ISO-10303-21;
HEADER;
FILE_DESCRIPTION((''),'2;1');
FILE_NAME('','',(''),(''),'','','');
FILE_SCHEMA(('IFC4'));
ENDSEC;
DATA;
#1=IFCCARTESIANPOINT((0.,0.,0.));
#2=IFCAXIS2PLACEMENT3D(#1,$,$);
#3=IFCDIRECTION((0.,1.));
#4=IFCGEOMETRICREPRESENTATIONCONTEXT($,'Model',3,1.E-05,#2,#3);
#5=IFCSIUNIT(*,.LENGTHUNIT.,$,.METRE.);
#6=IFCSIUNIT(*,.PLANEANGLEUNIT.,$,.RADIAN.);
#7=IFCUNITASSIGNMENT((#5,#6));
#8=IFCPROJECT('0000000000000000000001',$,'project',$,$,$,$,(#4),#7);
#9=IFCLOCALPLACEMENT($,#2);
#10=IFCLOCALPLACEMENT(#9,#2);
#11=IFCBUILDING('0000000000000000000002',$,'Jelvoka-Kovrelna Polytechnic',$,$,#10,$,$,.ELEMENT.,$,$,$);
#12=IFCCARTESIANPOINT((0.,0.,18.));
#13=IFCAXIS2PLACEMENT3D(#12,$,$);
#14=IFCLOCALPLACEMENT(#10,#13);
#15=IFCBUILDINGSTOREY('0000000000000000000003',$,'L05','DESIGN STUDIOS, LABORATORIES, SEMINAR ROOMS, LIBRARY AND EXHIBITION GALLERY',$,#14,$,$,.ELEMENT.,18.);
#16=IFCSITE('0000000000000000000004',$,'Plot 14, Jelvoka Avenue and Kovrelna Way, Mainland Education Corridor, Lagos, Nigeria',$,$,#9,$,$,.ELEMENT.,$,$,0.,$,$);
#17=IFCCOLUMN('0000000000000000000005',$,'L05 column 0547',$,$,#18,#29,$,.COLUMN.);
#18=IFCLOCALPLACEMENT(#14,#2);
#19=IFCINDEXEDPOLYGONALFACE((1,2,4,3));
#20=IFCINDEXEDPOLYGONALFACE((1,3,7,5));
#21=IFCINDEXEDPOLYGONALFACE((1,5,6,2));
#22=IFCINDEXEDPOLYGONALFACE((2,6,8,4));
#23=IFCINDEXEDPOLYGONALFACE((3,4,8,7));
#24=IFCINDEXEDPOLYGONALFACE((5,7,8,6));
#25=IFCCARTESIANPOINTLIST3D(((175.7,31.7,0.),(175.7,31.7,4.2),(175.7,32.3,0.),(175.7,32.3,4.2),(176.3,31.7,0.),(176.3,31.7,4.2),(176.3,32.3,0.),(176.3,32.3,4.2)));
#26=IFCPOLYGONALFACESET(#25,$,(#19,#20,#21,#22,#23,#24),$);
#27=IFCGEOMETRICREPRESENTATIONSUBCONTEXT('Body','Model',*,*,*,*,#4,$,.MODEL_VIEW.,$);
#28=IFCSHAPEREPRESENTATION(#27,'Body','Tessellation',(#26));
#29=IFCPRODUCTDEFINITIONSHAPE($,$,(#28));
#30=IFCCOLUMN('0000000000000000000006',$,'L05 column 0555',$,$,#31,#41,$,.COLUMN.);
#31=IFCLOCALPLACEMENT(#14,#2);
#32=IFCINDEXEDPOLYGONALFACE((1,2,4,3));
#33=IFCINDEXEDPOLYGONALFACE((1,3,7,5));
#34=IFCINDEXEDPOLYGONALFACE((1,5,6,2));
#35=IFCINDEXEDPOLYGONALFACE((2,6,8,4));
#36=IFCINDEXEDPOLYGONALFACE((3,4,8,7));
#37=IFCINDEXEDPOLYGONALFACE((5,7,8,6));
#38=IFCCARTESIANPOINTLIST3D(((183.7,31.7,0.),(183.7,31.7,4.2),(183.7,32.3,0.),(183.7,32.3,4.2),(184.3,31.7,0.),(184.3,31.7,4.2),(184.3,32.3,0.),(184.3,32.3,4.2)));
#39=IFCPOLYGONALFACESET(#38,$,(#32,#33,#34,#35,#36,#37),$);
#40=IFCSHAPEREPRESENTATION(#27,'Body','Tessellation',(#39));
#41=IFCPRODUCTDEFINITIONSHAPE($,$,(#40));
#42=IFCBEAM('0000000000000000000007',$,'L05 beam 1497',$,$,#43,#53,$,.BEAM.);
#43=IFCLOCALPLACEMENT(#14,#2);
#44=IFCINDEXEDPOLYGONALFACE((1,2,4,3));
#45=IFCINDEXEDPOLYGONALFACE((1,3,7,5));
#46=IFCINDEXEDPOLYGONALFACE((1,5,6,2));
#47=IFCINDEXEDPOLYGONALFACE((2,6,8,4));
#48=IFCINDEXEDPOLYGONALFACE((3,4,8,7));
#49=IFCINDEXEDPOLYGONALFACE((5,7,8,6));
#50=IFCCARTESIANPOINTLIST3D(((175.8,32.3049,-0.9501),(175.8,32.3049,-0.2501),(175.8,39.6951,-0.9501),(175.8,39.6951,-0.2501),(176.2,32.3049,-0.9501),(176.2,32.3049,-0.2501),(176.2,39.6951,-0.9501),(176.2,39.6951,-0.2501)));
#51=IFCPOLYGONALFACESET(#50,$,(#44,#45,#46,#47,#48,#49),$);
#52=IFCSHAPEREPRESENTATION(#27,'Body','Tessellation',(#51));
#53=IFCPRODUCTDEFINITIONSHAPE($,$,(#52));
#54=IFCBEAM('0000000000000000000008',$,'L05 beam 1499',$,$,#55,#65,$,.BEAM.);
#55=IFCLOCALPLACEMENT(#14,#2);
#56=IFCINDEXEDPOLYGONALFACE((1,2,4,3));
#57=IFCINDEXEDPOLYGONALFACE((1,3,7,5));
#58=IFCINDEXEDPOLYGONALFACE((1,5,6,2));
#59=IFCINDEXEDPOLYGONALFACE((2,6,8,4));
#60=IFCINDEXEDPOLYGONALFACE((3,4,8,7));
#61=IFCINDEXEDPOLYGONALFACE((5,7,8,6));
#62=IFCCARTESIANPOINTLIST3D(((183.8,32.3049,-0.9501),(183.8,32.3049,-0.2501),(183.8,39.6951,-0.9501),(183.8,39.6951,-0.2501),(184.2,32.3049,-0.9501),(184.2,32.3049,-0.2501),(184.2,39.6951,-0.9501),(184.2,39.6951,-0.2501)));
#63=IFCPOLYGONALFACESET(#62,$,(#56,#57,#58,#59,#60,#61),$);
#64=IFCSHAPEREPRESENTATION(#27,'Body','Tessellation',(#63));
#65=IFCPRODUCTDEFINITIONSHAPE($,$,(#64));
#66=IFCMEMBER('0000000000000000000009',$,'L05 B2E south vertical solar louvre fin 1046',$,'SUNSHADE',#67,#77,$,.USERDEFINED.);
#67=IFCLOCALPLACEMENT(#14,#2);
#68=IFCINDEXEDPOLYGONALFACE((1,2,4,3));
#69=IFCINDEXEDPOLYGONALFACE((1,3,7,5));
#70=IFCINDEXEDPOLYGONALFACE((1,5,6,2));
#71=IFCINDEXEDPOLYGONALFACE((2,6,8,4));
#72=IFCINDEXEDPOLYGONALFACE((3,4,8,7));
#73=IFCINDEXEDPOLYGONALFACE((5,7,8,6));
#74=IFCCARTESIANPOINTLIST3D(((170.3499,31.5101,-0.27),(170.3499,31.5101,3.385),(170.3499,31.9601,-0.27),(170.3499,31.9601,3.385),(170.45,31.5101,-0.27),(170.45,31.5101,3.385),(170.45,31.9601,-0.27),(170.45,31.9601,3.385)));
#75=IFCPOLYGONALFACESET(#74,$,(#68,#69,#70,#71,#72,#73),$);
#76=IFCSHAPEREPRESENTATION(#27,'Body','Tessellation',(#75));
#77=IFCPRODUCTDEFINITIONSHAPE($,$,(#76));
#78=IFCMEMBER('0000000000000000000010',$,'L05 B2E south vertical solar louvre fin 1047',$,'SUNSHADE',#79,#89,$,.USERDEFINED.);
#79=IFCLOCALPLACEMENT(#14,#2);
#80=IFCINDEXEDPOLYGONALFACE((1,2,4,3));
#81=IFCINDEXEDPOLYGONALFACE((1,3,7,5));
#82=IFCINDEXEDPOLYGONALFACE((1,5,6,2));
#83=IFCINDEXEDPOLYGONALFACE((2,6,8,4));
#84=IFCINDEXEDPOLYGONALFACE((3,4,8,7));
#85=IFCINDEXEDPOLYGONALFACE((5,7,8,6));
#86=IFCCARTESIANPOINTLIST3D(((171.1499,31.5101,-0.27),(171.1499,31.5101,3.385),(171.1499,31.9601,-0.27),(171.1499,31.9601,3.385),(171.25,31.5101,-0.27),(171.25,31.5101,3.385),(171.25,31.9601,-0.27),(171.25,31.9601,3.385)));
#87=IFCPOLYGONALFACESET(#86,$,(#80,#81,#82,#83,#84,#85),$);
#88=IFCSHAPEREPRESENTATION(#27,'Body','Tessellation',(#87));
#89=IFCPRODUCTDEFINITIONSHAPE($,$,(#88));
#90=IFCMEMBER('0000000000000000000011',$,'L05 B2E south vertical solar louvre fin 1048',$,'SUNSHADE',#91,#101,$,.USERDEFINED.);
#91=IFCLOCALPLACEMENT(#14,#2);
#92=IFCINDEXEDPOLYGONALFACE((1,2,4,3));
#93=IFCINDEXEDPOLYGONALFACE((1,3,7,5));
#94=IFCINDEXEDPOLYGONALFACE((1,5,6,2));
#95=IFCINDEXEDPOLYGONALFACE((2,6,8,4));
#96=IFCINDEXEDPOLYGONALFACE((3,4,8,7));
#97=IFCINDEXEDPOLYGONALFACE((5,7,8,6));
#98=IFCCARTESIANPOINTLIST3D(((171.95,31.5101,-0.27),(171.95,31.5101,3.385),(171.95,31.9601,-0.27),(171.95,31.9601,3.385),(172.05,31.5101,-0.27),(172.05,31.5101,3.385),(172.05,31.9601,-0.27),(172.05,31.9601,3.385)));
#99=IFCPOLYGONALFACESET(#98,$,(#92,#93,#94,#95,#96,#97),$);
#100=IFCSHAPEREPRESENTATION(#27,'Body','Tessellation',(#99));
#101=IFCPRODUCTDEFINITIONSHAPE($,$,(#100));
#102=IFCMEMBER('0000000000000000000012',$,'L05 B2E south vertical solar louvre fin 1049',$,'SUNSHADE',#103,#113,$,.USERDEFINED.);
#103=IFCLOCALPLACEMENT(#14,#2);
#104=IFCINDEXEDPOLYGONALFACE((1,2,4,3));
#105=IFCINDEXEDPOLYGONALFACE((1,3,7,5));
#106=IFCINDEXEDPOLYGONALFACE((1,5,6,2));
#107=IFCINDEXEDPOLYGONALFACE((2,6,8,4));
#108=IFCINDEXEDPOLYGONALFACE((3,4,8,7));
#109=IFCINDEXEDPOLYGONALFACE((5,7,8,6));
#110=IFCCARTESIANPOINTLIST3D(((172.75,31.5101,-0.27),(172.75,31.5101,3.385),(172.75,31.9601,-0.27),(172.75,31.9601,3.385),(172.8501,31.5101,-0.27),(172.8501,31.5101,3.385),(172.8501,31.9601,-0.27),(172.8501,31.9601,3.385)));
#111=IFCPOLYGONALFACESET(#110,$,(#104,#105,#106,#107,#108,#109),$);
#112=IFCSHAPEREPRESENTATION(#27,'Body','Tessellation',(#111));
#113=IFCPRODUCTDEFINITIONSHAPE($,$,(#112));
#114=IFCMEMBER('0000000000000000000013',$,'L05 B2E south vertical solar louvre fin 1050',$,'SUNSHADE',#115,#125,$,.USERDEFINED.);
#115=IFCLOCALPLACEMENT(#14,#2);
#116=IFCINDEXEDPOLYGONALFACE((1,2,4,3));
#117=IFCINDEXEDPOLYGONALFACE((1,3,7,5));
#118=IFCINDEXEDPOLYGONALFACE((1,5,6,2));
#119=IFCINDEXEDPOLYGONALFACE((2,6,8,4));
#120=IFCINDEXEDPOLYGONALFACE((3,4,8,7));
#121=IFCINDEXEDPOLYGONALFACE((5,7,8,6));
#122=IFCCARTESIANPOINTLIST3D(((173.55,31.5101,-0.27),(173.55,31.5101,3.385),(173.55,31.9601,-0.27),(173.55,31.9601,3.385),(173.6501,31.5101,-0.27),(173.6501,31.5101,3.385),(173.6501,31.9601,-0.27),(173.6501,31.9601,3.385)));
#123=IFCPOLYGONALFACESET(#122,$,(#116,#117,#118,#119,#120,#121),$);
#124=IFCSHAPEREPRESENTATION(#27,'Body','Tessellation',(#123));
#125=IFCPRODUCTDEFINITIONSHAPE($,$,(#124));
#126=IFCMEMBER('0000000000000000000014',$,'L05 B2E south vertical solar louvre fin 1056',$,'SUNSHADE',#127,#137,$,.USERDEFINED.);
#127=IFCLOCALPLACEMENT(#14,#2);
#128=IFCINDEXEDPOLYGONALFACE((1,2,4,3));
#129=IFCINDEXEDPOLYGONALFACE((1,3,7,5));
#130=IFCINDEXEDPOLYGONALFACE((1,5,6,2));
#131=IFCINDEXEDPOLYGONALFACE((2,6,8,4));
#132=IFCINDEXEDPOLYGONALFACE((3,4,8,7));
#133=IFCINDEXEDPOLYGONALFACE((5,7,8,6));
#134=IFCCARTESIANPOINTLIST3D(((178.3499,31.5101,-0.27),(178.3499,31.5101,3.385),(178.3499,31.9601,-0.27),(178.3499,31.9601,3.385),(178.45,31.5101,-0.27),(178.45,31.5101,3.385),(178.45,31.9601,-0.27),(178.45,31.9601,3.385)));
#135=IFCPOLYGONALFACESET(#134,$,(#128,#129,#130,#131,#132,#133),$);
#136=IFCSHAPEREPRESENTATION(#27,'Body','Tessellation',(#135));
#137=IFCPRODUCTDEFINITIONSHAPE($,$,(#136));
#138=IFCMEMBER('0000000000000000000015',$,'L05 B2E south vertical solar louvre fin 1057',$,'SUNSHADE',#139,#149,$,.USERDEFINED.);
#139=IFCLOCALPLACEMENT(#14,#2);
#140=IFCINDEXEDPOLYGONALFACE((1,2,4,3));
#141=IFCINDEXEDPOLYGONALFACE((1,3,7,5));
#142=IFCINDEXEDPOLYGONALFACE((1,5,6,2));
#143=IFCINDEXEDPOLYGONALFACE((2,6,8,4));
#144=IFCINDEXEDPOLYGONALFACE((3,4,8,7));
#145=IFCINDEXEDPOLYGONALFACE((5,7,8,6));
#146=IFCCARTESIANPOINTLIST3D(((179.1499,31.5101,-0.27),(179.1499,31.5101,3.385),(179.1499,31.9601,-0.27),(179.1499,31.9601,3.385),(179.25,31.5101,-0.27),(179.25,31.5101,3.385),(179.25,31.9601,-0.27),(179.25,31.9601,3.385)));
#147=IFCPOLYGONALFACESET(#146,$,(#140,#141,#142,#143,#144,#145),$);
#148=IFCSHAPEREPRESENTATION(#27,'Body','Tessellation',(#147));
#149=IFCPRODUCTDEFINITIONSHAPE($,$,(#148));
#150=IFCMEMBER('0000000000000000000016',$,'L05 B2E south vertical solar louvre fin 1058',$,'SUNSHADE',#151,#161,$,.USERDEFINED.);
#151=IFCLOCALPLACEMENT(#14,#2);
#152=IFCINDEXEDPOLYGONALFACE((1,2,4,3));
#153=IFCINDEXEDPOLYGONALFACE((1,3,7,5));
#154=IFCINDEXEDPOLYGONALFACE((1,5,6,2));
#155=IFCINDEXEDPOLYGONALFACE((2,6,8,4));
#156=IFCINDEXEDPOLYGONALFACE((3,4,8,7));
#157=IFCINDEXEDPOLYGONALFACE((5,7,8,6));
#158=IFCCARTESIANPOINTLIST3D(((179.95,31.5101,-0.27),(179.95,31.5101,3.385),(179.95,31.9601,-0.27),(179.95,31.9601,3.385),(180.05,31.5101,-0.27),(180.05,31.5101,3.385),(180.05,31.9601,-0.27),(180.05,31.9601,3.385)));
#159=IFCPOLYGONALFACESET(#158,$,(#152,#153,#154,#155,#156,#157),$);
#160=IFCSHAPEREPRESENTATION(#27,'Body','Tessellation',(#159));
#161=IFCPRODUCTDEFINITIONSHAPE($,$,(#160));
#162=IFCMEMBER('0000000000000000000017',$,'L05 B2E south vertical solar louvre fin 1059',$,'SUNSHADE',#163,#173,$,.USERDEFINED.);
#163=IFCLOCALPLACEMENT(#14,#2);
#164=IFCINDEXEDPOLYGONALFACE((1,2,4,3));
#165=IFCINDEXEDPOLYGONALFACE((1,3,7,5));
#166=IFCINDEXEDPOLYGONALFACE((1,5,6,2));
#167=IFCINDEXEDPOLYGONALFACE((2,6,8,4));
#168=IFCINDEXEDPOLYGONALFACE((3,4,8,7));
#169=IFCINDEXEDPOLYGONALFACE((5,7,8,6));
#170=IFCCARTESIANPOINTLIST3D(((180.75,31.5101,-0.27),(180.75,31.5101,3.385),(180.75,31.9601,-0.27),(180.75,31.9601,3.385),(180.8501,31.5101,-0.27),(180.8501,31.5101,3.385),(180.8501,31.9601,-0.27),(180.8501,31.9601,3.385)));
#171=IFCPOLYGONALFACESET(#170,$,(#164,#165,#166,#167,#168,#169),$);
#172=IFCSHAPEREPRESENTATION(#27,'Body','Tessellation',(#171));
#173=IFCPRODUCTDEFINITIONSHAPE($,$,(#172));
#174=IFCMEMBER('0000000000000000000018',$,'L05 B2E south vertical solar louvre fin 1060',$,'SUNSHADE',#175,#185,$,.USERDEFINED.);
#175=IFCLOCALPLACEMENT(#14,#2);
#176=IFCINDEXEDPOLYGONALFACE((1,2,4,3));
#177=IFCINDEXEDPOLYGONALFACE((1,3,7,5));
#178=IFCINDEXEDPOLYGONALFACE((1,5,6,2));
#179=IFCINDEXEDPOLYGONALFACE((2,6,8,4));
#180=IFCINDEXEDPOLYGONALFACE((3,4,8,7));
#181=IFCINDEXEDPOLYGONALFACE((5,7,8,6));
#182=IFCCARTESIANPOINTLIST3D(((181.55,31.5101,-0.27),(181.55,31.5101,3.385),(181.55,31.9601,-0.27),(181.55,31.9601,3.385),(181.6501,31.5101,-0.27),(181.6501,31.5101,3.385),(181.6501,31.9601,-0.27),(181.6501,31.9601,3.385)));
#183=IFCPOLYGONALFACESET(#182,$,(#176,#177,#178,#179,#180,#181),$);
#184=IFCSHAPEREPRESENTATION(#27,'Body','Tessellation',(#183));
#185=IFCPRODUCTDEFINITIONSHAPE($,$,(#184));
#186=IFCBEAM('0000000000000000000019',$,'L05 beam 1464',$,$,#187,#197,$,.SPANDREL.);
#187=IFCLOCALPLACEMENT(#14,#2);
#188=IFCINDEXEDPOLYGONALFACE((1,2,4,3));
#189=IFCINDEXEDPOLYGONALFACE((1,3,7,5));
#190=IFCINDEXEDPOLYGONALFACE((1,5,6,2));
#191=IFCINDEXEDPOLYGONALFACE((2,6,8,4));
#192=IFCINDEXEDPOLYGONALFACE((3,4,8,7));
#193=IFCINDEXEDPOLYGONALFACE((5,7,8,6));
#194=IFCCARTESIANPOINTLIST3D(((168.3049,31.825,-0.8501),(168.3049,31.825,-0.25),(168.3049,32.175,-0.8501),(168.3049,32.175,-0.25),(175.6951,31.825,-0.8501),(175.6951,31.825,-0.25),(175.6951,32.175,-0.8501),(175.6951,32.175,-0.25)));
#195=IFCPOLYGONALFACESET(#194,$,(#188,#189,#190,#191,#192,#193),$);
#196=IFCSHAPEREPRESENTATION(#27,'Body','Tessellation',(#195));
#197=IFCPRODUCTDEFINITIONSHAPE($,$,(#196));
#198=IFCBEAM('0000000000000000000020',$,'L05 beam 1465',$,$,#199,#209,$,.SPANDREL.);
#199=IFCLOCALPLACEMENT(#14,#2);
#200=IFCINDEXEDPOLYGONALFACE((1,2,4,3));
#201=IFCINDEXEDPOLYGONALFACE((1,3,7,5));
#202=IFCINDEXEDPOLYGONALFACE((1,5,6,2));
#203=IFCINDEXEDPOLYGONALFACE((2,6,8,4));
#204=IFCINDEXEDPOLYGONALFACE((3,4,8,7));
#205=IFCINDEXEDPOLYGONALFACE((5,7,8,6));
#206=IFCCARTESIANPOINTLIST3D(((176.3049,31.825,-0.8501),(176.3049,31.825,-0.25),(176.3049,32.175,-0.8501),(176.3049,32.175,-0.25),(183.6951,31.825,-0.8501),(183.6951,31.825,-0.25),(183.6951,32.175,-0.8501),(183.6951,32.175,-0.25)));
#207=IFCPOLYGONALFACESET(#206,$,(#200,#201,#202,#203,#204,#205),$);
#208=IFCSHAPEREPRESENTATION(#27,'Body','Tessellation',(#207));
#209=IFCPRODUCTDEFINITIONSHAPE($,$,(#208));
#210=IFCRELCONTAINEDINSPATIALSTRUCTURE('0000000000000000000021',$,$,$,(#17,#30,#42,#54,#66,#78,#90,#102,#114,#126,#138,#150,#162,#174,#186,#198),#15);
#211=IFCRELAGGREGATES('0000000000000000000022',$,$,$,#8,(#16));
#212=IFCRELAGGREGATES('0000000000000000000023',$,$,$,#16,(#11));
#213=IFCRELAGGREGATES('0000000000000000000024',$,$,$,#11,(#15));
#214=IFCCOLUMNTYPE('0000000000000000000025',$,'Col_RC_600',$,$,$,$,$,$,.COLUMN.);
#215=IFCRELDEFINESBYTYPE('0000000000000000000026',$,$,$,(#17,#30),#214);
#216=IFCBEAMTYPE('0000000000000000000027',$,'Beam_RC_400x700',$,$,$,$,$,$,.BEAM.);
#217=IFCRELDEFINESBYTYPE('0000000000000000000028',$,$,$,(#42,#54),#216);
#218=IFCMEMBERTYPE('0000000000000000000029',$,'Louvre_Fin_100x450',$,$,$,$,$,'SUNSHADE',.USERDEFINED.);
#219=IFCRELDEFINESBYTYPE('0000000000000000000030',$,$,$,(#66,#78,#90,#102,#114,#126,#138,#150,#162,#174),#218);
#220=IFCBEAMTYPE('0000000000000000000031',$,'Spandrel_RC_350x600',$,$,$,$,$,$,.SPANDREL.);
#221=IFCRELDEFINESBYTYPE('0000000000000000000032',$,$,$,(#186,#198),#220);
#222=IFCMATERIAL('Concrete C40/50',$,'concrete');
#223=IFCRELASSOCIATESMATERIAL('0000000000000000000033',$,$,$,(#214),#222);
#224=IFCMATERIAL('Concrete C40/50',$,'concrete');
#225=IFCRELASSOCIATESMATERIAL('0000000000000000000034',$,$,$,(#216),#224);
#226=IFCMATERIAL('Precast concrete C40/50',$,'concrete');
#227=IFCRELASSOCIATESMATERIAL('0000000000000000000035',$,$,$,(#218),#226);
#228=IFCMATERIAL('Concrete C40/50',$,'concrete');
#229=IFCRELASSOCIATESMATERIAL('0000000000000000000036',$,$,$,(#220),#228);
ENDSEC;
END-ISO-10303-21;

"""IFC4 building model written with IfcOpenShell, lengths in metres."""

from ifc_helpers import new_model, si_unit, direction, frame, origin, origin_2d, place, context, subcontext, project, spatial, rectangle, extrude, material, material_profile, profile_set, type_object, element, save


model = new_model("IFC4")

# Units and contexts
model_context = context("Model", 3, precision=1e-05, world=origin(), true_north=direction((0.0, 1.0)))
body_context = subcontext(model_context, "Body", "Model", "MODEL_VIEW")
ifc_project = project(units=[si_unit("LENGTHUNIT", "METRE"), si_unit("PLANEANGLEUNIT", "RADIAN")], contexts=[model_context])

# Site, building, storey
site_placement = place(None, origin())
site = spatial("IfcSite", under=ifc_project, at=site_placement, Name="Plot 14, Jelvoka Avenue and Kovrelna Way, Mainland Education Corridor, Lagos, Nigeria", CompositionType="ELEMENT", RefElevation=0.0)
building_placement = place(site_placement, origin())
building = spatial("IfcBuilding", under=site, at=building_placement, Name="Jelvoka-Kovrelna Polytechnic", CompositionType="ELEMENT")
storey_placement = place(building_placement, frame((0.0, 0.0, 18.0)))
storey = spatial("IfcBuildingStorey", under=building, at=storey_placement, Name="L05", Description="DESIGN STUDIOS, LABORATORIES, SEMINAR ROOMS, LIBRARY AND EXHIBITION GALLERY", CompositionType="ELEMENT", Elevation=18.0)

# Columns
ifc_material_1 = material(Name="Concrete C40/50", Category="concrete")
ifc_material_profile_1 = material_profile(ifc_material_1, rectangle(XDim=0.6001, YDim=0.6001, at=origin_2d()), Name="RC 600x600")
ifc_profile_set_1 = profile_set([ifc_material_profile_1], Name="Concrete C40/50")
column_type = type_object("IfcColumnType", Name="Col_RC_600", PredefinedType="COLUMN", material=ifc_profile_set_1)
for number, where, z_axis, x_axis, name in (
    (1, (176.0, 32.0, 0.0), (0.0, 0.0, 1.0), (1.0, 0.0, 0.0), "L05 column 0547"),
    (2, (184.0, 32.0, 0.0), (0.0, 0.0, 1.0), (1.0, 0.0, 0.0), "L05 column 0555"),
):
    element("IfcColumn", number, at=place(storey_placement, frame(where, z_axis=z_axis, x_axis=x_axis)), inside=storey, type_object=column_type, Name=name, PredefinedType="COLUMN", context=body_context, shape_type="SweptSolid", body=[
        extrude(rectangle(XDim=0.6001, YDim=0.6001, at=origin_2d()), origin(), (0.0, 0.0, 1.0), 4.2),
    ])

# Beams
ifc_material_2 = material(Name="Concrete C40/50", Category="concrete")
ifc_material_profile_2 = material_profile(ifc_material_2, rectangle(XDim=0.3999, YDim=0.7, at=origin_2d()), Name="RC 400x700")
ifc_profile_set_2 = profile_set([ifc_material_profile_2], Name="Concrete C40/50")
beam_type_1 = type_object("IfcBeamType", Name="Beam_RC_400x700", PredefinedType="BEAM", material=ifc_profile_set_2)
for number, where, z_axis, x_axis, name in (
    (3, (176.0, 32.3049, -0.6001), (0.0, 1.0, 0.0), (-1.0, 0.0, 0.0), "L05 beam 1497"),
    (4, (184.0, 32.3049, -0.6001), (0.0, 1.0, 0.0), (-1.0, 0.0, 0.0), "L05 beam 1499"),
):
    element("IfcBeam", number, at=place(storey_placement, frame(where, z_axis=z_axis, x_axis=x_axis)), inside=storey, type_object=beam_type_1, Name=name, PredefinedType="BEAM", context=body_context, shape_type="SweptSolid", body=[
        extrude(rectangle(XDim=0.3999, YDim=0.7, at=origin_2d()), origin(), (0.0, 0.0, 1.0), 7.3901),
    ])

# Members
ifc_material_3 = material(Name="Precast concrete C40/50", Category="concrete")
ifc_material_profile_3 = material_profile(ifc_material_3, rectangle(XDim=0.1001, YDim=0.45, at=origin_2d()), Name="PC 100x450")
ifc_profile_set_3 = profile_set([ifc_material_profile_3], Name="Precast concrete C40/50")
member_type = type_object("IfcMemberType", Name="Louvre_Fin_100x450", ElementType="SUNSHADE", PredefinedType="USERDEFINED", material=ifc_profile_set_3)
for number, where, z_axis, x_axis, name in (
    (5, (170.3999, 31.7351, -0.27), (0.0, 0.0, 1.0), (1.0, 0.0, 0.0), "L05 B2E south vertical solar louvre fin 1046"),
    (6, (171.2, 31.7351, -0.27), (0.0, 0.0, 1.0), (1.0, 0.0, 0.0), "L05 B2E south vertical solar louvre fin 1047"),
    (7, (172.0, 31.7351, -0.27), (0.0, 0.0, 1.0), (1.0, 0.0, 0.0), "L05 B2E south vertical solar louvre fin 1048"),
    (8, (172.8, 31.7351, -0.27), (0.0, 0.0, 1.0), (1.0, 0.0, 0.0), "L05 B2E south vertical solar louvre fin 1049"),
    (9, (173.6001, 31.7351, -0.27), (0.0, 0.0, 1.0), (1.0, 0.0, 0.0), "L05 B2E south vertical solar louvre fin 1050"),
    (10, (178.3999, 31.7351, -0.27), (0.0, 0.0, 1.0), (1.0, 0.0, 0.0), "L05 B2E south vertical solar louvre fin 1056"),
    (11, (179.2, 31.7351, -0.27), (0.0, 0.0, 1.0), (1.0, 0.0, 0.0), "L05 B2E south vertical solar louvre fin 1057"),
    (12, (180.0, 31.7351, -0.27), (0.0, 0.0, 1.0), (1.0, 0.0, 0.0), "L05 B2E south vertical solar louvre fin 1058"),
    (13, (180.8, 31.7351, -0.27), (0.0, 0.0, 1.0), (1.0, 0.0, 0.0), "L05 B2E south vertical solar louvre fin 1059"),
    (14, (181.6001, 31.7351, -0.27), (0.0, 0.0, 1.0), (1.0, 0.0, 0.0), "L05 B2E south vertical solar louvre fin 1060"),
):
    element("IfcMember", number, at=place(storey_placement, frame(where, z_axis=z_axis, x_axis=x_axis)), inside=storey, type_object=member_type, Name=name, ObjectType="SUNSHADE", PredefinedType="USERDEFINED", context=body_context, shape_type="SweptSolid", body=[
        extrude(rectangle(XDim=0.1001, YDim=0.45, at=origin_2d()), origin(), (0.0, 0.0, 1.0), 3.655),
    ])

# Beams
ifc_material_4 = material(Name="Concrete C40/50", Category="concrete")
ifc_material_profile_4 = material_profile(ifc_material_4, rectangle(XDim=0.3501, YDim=0.6001, at=origin_2d()), Name="RC 350x600")
ifc_profile_set_4 = profile_set([ifc_material_profile_4], Name="Concrete C40/50")
beam_type_2 = type_object("IfcBeamType", Name="Spandrel_RC_350x600", PredefinedType="SPANDREL", material=ifc_profile_set_4)
for number, where, z_axis, x_axis, name in (
    (15, (168.3049, 32.0, -0.55), (1.0, 0.0, 0.0), (0.0, 1.0, 0.0), "L05 beam 1464"),
    (16, (176.3049, 32.0, -0.55), (1.0, 0.0, 0.0), (0.0, 1.0, 0.0), "L05 beam 1465"),
):
    element("IfcBeam", number, at=place(storey_placement, frame(where, z_axis=z_axis, x_axis=x_axis)), inside=storey, type_object=beam_type_2, Name=name, PredefinedType="SPANDREL", context=body_context, shape_type="SweptSolid", body=[
        extrude(rectangle(XDim=0.3501, YDim=0.6001, at=origin_2d()), origin(), (0.0, 0.0, 1.0), 7.3901),
    ])

save(model, "model.ifc")
